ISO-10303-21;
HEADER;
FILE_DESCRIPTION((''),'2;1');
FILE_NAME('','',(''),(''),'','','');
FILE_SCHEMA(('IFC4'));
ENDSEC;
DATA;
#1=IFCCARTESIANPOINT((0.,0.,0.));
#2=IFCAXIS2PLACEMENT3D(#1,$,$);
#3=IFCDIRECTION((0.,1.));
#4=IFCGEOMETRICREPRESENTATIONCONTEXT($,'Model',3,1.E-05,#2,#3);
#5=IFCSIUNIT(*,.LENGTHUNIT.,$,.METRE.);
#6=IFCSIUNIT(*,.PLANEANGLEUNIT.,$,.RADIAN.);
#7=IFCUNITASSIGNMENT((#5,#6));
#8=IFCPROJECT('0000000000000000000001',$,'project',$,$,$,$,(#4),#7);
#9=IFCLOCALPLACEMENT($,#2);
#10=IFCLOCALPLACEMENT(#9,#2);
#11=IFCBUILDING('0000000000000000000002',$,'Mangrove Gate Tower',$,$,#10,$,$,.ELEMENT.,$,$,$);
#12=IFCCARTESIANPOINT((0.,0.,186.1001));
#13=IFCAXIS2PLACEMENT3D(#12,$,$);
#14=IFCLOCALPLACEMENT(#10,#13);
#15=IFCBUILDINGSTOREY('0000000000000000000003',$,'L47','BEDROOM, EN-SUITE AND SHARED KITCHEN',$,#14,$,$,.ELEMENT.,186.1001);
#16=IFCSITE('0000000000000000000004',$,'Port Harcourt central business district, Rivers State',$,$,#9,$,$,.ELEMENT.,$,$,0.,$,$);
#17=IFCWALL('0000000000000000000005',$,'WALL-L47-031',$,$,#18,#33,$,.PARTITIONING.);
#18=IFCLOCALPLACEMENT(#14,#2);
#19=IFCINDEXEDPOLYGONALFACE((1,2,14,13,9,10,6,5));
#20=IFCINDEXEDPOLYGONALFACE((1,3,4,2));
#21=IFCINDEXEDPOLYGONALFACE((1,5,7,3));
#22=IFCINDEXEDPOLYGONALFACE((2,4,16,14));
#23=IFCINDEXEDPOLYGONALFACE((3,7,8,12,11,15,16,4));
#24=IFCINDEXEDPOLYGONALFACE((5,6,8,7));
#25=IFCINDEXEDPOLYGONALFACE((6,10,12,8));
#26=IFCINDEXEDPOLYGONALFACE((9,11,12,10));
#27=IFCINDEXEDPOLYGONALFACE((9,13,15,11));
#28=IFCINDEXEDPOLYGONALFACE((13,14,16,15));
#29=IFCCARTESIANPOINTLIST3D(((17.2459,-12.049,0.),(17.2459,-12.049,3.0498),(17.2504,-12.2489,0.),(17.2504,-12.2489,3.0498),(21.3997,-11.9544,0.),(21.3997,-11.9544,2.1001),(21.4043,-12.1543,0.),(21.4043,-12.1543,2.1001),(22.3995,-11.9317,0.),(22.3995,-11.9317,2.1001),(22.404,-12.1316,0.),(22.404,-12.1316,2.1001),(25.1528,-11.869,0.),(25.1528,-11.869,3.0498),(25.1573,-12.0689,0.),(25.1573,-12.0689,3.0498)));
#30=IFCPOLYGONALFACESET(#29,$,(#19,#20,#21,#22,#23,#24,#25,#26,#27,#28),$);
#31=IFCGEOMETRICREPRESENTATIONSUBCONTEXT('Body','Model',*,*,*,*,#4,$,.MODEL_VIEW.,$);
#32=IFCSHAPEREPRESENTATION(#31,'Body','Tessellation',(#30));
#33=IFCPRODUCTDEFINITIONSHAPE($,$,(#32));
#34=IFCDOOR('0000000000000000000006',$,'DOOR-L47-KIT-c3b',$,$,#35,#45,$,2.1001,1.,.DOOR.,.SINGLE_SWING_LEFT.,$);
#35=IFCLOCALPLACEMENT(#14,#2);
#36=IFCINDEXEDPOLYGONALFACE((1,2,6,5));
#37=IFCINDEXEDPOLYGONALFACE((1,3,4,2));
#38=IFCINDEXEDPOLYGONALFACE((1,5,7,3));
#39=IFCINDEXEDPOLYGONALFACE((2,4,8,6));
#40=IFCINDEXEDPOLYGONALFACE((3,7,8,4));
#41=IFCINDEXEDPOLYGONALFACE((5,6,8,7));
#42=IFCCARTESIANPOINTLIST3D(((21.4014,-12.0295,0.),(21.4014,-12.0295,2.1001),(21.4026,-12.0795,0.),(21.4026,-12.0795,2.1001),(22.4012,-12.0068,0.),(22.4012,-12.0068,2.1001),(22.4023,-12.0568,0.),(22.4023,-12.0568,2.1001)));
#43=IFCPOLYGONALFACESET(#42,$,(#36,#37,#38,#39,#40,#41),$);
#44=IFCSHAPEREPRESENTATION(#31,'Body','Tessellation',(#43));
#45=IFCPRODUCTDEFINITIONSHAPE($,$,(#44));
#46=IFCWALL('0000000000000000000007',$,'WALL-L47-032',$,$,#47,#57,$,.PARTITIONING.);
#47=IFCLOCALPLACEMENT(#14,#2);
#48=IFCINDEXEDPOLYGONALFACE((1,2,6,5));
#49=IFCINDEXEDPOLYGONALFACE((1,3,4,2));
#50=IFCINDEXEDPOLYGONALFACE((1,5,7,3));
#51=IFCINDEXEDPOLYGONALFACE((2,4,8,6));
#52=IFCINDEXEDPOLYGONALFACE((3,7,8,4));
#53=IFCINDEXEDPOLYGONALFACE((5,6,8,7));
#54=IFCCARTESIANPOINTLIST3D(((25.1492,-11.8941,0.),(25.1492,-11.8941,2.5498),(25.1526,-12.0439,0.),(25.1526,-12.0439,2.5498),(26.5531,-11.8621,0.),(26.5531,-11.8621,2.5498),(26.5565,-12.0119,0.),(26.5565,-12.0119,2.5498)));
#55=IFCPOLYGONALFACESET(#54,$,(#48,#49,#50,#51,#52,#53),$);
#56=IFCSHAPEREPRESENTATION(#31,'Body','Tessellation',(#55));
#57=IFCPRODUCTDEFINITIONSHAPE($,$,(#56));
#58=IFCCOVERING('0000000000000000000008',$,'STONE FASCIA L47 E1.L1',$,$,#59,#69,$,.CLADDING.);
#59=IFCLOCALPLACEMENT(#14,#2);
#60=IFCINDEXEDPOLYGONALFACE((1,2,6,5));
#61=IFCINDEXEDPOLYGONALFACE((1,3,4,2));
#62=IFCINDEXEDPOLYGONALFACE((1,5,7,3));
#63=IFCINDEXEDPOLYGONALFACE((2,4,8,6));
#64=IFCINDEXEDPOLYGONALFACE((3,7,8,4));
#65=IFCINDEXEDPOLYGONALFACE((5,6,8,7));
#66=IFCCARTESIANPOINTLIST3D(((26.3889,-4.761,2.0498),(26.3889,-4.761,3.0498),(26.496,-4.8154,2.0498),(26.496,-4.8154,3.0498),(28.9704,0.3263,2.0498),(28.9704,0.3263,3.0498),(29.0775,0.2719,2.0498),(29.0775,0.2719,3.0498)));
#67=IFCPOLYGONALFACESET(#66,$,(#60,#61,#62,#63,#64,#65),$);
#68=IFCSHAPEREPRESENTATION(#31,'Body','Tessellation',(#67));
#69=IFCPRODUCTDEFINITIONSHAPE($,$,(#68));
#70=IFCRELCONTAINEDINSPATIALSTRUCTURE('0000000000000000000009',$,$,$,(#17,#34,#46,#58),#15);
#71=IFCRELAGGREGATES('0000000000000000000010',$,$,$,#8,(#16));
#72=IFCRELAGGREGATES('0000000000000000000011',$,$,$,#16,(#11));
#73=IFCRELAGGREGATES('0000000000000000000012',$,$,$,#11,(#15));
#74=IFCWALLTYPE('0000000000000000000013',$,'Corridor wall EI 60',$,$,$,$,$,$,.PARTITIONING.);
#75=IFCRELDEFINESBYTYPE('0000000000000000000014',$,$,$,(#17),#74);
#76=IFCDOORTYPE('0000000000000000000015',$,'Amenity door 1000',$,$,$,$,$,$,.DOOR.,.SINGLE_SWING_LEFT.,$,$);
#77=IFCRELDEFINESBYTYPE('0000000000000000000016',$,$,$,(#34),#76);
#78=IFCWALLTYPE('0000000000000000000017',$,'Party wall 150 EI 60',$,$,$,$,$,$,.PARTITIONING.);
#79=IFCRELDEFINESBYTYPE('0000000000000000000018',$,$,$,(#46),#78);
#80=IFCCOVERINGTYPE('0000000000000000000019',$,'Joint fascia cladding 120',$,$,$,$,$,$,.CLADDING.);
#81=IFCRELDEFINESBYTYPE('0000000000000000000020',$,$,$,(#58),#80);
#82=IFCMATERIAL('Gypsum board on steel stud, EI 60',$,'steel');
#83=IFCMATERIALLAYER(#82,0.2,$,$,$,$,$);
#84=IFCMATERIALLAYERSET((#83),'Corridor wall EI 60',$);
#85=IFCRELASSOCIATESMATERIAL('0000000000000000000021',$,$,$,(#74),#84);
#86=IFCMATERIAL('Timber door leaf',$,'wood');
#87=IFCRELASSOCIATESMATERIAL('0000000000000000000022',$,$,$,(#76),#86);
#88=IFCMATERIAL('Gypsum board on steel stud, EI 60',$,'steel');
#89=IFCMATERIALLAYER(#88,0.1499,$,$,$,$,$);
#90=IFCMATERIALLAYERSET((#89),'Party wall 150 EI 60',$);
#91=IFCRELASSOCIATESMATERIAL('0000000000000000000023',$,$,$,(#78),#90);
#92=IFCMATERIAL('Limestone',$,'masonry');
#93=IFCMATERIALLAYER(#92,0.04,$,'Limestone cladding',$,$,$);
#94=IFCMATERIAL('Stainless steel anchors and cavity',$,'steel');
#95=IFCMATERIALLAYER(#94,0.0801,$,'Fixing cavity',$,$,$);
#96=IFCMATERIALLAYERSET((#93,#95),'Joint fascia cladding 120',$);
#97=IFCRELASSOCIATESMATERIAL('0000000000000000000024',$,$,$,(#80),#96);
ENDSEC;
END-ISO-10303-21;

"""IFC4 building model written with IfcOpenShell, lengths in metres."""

from ifc_helpers import new_model, si_unit, direction, frame, frame_2d, origin, place, context, subcontext, project, spatial, rectangle, extrude, material, layer, layer_set, type_object, element, fill, save


model = new_model("IFC4")

# Units and contexts
model_context = context("Model", 3, precision=1e-05, world=origin(), true_north=direction((0.0, 1.0)))
body_context = subcontext(model_context, "Body", "Model", "MODEL_VIEW")
ifc_project = project(units=[si_unit("LENGTHUNIT", "METRE"), si_unit("PLANEANGLEUNIT", "RADIAN")], contexts=[model_context])

# Site, building, storey
site_placement = place(None, origin())
site = spatial("IfcSite", under=ifc_project, at=site_placement, Name="Port Harcourt central business district, Rivers State", CompositionType="ELEMENT", RefElevation=0.0)
building_placement = place(site_placement, origin())
building = spatial("IfcBuilding", under=site, at=building_placement, Name="Mangrove Gate Tower", CompositionType="ELEMENT")
storey_placement = place(building_placement, frame((0.0, 0.0, 186.1001)))
storey = spatial("IfcBuildingStorey", under=building, at=storey_placement, Name="L47", Description="BEDROOM, EN-SUITE AND SHARED KITCHEN", CompositionType="ELEMENT", Elevation=186.1001)

# Shared definitions
ifc_material_1 = material(Name="Gypsum board on steel stud, EI 60", Category="steel")
ifc_layer_1 = layer(ifc_material_1, 0.2)
ifc_layer_set_1 = layer_set([ifc_layer_1], Name="Corridor wall EI 60")
wall_type_1 = type_object("IfcWallType", Name="Corridor wall EI 60", PredefinedType="PARTITIONING", material=ifc_layer_set_1)

# Wall, opening, door
wall_1_placement = place(storey_placement, frame((17.248, -12.1489, 0.0), z_axis=(0.0, 0.0, 1.0), x_axis=(0.999741, 0.02275, 0.0)))
wall_1 = element("IfcWall", 1, at=wall_1_placement, inside=storey, type_object=wall_type_1, Name="WALL-L47-031", PredefinedType="PARTITIONING", context=body_context, shape_type="SweptSolid", body=[
    extrude(rectangle(XDim=7.9089, YDim=0.2, at=frame_2d((3.9546, 0.0))), origin(), (0.0, 0.0, 1.0), 3.0498),
])
opening_placement = place(wall_1_placement, frame((4.155, 0.0, 0.0)))
opening = element("IfcOpeningElement", 2, at=opening_placement, cuts=wall_1, PredefinedType="OPENING", context=body_context, shape_type="SweptSolid", body=[
    extrude(rectangle(XDim=1.0, YDim=2.1001, at=frame_2d((0.5, 1.05))), frame((0.0, 0.1099, 0.0), z_axis=(0.0, -1.0, 0.0), x_axis=(1.0, 0.0, 0.0)), (0.0, 0.0, 1.0), 0.22),
])
ifc_material_2 = material(Name="Timber door leaf", Category="wood")
door_type = type_object("IfcDoorType", Name="Amenity door 1000", OperationType="SINGLE_SWING_LEFT", PredefinedType="DOOR", material=ifc_material_2)
door_placement = place(opening_placement, origin())
door = element("IfcDoor", 3, at=door_placement, inside=storey, type_object=door_type, Name="DOOR-L47-KIT-c3b", OperationType="SINGLE_SWING_LEFT", OverallHeight=2.1001, OverallWidth=1.0, PredefinedType="DOOR", context=body_context, shape_type="SweptSolid", body=[
    extrude(rectangle(XDim=1.0, YDim=2.1001, at=frame_2d((0.5, 1.05))), frame((0.0, 0.0249, 0.0), z_axis=(0.0, -1.0, 0.0), x_axis=(1.0, 0.0, 0.0)), (0.0, 0.0, 1.0), 0.05),
])
fill(opening, door)

# Wall
ifc_material_3 = material(Name="Gypsum board on steel stud, EI 60", Category="steel")
ifc_layer_2 = layer(ifc_material_3, 0.1499)
ifc_layer_set_2 = layer_set([ifc_layer_2], Name="Party wall 150 EI 60")
wall_type_2 = type_object("IfcWallType", Name="Party wall 150 EI 60", PredefinedType="PARTITIONING", material=ifc_layer_set_2)
wall_2_placement = place(storey_placement, frame((25.1509, -11.969, 0.0), z_axis=(0.0, 0.0, 1.0), x_axis=(0.999741, 0.022773, 0.0)))
element("IfcWall", 4, at=wall_2_placement, inside=storey, type_object=wall_type_2, Name="WALL-L47-032", PredefinedType="PARTITIONING", context=body_context, shape_type="SweptSolid", body=[
    extrude(rectangle(XDim=1.4043, YDim=0.1499, at=frame_2d((0.7021, 0.0))), origin(), (0.0, 0.0, 1.0), 2.5498),
])

# Covering
ifc_material_4 = material(Name="Limestone", Category="masonry")
ifc_layer_3 = layer(ifc_material_4, 0.04, Name="Limestone cladding")
ifc_material_5 = material(Name="Stainless steel anchors and cavity", Category="steel")
ifc_layer_4 = layer(ifc_material_5, 0.0801, Name="Fixing cavity")
ifc_layer_set_3 = layer_set([ifc_layer_3, ifc_layer_4], Name="Joint fascia cladding 120")
covering_type = type_object("IfcCoveringType", Name="Joint fascia cladding 120", PredefinedType="CLADDING", material=ifc_layer_set_3)
covering_placement = place(storey_placement, frame((26.4424, -4.7883, 2.0498), z_axis=(0.0, 0.0, 1.0), x_axis=(0.452512, 0.891758, 0.0)))
element("IfcCovering", 5, at=covering_placement, inside=storey, type_object=covering_type, Name="STONE FASCIA L47 E1.L1", PredefinedType="CLADDING", context=body_context, shape_type="SweptSolid", body=[
    extrude(rectangle(XDim=5.7048, YDim=0.1201, at=frame_2d((2.8525, 0.0))), origin(), (0.0, 0.0, 1.0), 1.0),
])

save(model, "model.ifc")
